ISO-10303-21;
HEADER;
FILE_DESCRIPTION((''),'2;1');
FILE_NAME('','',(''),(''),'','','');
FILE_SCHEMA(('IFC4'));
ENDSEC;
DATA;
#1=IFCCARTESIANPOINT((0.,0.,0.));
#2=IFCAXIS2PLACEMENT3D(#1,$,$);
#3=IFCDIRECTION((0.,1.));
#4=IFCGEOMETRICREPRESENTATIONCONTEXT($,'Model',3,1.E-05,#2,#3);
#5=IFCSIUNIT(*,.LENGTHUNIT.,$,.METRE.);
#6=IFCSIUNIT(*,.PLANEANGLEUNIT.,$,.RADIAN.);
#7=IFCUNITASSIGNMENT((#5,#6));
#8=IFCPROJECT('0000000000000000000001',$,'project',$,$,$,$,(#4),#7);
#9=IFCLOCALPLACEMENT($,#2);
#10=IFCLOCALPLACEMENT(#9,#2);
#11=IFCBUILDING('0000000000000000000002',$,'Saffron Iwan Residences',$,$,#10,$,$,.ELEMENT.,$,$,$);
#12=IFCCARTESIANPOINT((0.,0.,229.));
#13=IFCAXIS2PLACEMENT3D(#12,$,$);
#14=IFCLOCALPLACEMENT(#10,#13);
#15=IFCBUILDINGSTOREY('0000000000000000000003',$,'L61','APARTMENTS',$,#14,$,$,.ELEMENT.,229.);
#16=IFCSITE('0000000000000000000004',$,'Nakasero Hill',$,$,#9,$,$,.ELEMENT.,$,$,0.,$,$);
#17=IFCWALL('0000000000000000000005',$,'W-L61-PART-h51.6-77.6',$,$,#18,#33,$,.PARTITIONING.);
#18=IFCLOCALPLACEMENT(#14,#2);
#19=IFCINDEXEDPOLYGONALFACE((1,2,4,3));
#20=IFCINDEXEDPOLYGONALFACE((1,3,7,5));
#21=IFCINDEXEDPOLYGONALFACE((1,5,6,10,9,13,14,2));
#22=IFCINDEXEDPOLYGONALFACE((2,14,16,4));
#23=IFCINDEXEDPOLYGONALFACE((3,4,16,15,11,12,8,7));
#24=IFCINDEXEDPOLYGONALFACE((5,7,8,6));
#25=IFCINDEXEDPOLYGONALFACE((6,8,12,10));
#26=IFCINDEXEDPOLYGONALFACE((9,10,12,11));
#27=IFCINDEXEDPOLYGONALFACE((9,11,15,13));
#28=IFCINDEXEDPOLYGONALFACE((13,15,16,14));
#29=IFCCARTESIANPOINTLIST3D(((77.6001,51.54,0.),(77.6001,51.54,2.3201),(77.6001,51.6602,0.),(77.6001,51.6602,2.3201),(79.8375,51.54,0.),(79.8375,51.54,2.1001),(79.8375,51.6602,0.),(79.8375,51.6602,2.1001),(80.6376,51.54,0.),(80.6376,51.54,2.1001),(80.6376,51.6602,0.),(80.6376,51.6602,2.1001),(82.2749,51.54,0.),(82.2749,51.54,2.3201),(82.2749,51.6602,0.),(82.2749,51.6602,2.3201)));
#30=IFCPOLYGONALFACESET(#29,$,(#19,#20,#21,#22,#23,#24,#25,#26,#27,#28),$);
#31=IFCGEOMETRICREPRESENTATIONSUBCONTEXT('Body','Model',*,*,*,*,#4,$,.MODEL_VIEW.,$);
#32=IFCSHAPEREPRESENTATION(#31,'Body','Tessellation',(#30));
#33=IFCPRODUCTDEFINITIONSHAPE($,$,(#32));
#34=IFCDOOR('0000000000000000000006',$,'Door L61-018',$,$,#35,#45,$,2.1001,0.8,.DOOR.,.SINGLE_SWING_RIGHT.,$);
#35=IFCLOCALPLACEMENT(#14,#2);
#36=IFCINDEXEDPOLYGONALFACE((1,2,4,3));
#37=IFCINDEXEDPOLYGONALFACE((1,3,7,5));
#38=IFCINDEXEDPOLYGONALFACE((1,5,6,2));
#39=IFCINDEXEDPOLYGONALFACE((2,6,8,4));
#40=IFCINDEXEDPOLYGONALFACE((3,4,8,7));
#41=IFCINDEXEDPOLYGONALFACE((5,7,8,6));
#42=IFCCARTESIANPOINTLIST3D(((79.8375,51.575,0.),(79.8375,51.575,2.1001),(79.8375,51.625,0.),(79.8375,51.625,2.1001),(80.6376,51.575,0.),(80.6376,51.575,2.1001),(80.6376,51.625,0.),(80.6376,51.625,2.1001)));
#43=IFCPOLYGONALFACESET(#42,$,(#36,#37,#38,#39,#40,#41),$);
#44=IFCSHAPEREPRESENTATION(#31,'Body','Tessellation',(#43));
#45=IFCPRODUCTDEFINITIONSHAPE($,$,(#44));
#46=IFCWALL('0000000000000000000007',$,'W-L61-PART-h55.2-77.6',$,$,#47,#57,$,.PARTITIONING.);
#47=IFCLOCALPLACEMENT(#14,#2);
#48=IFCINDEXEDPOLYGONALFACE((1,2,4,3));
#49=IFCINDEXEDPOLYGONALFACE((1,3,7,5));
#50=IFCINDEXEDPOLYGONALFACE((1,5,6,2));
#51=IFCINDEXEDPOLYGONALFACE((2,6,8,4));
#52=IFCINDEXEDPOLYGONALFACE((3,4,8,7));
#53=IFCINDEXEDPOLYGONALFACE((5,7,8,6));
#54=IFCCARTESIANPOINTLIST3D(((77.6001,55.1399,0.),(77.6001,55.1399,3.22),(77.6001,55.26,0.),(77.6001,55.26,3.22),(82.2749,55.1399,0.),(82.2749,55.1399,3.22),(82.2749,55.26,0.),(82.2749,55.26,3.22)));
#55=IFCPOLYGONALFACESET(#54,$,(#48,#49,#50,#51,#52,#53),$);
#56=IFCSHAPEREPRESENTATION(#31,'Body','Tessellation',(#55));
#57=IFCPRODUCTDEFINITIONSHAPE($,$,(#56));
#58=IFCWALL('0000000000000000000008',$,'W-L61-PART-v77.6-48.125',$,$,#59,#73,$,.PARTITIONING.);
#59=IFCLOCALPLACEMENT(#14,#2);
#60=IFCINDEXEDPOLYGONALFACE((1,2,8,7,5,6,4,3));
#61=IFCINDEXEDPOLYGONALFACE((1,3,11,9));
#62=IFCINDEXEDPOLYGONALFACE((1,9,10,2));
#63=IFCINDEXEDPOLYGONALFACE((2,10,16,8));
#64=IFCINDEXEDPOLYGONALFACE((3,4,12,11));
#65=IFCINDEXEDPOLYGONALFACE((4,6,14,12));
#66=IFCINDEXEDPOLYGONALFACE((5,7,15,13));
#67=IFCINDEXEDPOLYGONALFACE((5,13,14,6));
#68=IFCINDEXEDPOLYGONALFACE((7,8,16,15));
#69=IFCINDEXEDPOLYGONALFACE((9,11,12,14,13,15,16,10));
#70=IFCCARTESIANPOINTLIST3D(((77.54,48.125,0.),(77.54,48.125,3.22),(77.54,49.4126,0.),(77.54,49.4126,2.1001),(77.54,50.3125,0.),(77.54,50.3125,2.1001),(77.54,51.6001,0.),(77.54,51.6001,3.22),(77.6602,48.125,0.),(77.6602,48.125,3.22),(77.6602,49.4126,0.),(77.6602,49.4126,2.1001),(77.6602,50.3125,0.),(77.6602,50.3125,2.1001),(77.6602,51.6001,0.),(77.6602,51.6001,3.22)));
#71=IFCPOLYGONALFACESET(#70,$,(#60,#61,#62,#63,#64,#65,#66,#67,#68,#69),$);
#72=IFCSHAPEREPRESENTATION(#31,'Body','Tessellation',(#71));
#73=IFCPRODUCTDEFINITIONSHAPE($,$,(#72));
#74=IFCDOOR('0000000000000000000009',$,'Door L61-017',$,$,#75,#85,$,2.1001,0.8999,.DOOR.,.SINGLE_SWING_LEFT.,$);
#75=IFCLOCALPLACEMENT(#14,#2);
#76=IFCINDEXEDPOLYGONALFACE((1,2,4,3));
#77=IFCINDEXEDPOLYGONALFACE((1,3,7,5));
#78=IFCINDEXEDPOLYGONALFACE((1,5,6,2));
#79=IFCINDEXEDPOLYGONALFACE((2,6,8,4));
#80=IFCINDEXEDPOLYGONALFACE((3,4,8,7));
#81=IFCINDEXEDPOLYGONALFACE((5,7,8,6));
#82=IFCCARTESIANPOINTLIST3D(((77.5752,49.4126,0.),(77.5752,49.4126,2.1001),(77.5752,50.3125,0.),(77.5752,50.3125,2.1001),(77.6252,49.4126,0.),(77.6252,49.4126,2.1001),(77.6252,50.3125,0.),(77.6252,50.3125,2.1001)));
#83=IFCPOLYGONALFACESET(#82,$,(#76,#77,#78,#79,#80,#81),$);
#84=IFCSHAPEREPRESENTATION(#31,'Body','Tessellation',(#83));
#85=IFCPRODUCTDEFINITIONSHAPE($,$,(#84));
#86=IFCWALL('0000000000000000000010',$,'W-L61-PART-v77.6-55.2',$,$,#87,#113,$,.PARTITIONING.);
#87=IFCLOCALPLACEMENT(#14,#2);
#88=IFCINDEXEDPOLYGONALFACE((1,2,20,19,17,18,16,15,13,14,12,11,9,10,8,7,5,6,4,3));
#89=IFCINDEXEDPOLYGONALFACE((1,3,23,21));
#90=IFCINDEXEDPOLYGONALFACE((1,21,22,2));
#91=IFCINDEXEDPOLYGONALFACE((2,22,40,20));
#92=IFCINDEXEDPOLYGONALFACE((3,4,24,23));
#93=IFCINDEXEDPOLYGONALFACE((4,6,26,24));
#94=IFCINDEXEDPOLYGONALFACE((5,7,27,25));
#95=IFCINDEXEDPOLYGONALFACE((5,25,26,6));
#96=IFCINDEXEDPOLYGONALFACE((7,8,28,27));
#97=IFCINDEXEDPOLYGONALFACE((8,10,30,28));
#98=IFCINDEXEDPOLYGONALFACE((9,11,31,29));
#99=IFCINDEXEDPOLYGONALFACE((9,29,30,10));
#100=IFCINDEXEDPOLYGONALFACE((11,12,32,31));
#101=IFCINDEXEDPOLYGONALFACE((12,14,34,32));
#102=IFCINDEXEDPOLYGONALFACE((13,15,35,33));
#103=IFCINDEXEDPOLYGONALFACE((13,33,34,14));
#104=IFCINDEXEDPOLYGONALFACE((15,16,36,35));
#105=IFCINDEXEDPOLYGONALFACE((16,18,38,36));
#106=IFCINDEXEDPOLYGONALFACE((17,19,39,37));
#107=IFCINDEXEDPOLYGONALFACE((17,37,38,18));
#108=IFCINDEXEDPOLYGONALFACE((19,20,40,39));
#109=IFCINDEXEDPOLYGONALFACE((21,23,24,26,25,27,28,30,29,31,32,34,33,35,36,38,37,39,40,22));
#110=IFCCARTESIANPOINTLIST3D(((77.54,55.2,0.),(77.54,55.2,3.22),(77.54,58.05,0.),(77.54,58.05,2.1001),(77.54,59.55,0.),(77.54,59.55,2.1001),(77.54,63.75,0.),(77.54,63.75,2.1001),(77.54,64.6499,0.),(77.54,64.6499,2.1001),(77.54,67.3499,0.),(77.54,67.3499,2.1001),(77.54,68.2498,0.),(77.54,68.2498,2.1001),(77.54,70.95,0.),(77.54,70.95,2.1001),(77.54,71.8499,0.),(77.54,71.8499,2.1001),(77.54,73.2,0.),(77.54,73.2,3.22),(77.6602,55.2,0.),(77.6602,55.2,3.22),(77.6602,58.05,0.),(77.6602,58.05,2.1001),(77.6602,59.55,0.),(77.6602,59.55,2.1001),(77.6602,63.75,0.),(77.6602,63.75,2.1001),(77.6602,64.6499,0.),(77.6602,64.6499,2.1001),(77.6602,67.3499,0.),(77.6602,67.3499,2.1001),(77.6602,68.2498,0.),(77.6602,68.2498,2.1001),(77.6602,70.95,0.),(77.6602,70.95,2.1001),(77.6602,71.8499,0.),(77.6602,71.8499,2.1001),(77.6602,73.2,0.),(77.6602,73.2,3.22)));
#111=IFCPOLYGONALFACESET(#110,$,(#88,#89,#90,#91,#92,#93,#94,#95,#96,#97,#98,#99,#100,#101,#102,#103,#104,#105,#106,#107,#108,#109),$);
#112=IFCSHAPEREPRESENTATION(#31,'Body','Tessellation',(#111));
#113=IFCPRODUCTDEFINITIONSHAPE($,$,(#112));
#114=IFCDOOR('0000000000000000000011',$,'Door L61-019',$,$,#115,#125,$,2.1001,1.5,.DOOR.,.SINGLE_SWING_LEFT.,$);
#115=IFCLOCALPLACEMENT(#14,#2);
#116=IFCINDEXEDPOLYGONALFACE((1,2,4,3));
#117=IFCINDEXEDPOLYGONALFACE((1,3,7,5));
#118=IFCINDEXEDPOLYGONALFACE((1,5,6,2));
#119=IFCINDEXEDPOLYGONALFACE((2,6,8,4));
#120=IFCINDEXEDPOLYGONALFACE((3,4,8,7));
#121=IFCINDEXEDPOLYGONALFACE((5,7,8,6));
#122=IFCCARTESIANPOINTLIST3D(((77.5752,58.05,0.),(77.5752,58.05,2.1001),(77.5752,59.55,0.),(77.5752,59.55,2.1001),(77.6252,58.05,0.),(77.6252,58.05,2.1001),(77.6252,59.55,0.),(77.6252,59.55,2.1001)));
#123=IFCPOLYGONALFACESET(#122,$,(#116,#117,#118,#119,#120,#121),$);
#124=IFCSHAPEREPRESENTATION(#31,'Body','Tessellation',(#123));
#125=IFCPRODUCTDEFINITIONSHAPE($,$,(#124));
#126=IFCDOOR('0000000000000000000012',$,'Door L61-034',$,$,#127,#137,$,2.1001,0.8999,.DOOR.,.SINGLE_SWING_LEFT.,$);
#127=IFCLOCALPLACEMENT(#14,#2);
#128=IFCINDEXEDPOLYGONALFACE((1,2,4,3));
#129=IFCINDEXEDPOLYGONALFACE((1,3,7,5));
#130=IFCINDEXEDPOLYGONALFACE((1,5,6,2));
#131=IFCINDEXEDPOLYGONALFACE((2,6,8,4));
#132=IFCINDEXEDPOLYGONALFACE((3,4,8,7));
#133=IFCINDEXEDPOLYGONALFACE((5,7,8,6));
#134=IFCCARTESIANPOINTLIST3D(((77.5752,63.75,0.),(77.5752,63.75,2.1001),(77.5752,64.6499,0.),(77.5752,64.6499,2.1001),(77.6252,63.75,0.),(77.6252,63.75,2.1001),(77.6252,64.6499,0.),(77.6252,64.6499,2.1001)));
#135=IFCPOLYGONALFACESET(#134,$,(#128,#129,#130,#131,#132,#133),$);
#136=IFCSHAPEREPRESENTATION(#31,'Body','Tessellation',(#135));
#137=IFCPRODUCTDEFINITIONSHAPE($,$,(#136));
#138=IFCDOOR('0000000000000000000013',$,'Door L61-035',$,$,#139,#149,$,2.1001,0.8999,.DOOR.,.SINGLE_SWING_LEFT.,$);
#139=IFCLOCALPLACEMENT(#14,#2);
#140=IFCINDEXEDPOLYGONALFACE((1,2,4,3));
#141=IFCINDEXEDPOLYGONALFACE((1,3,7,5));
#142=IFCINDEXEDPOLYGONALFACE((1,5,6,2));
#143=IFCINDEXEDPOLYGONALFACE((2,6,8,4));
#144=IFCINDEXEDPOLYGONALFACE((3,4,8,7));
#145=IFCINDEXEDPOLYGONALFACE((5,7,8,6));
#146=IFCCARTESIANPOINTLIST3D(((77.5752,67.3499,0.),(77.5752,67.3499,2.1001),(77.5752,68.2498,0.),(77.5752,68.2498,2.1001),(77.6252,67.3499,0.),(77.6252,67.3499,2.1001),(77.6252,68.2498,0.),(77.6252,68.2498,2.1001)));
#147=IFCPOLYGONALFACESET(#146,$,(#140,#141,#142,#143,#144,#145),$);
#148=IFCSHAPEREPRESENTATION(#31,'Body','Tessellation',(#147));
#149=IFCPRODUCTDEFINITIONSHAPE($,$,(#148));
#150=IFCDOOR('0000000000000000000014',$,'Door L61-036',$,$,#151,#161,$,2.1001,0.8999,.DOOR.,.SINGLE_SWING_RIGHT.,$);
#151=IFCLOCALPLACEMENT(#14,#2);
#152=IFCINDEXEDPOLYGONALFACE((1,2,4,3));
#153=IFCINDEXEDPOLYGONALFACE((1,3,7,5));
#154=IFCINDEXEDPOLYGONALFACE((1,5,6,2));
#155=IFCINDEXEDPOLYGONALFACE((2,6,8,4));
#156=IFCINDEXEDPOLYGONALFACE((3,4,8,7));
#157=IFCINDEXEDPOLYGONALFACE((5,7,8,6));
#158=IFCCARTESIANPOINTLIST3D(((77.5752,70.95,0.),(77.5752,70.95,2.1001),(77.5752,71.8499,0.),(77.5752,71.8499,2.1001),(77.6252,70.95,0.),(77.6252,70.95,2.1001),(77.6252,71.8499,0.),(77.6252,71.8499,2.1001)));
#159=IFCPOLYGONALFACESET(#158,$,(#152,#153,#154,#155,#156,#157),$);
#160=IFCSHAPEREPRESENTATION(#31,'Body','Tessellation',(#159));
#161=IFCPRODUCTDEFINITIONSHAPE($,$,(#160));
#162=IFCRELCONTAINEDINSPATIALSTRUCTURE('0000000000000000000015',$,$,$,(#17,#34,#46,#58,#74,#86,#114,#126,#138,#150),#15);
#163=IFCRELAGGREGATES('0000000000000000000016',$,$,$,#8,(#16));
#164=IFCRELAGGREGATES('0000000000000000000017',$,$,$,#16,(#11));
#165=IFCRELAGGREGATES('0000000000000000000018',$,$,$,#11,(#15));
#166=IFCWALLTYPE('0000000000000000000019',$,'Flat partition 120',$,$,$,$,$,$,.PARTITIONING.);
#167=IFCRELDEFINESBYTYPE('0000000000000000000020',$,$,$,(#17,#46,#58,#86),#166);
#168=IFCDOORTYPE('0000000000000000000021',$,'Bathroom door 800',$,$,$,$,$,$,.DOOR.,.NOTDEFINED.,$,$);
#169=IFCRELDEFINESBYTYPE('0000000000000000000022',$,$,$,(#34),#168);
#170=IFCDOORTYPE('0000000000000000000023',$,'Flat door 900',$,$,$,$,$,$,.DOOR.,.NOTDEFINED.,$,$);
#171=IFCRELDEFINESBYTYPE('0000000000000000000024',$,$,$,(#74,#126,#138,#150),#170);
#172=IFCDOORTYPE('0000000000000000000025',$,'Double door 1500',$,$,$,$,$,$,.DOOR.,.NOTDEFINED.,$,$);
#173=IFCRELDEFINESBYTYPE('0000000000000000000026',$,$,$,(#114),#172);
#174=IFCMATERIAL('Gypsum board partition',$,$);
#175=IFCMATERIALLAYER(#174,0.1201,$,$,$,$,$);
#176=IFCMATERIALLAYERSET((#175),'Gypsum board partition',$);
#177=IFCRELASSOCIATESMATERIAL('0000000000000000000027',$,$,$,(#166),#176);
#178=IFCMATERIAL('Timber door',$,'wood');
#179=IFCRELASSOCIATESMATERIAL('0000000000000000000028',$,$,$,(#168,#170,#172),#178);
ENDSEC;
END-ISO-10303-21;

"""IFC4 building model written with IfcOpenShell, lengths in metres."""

from ifc_helpers import new_model, si_unit, direction, frame, frame_2d, origin, place, context, subcontext, project, spatial, rectangle, extrude, material, layer, layer_set, type_object, element, fill, save


model = new_model("IFC4")

# Units and contexts
model_context = context("Model", 3, precision=1e-05, world=origin(), true_north=direction((0.0, 1.0)))
body_context = subcontext(model_context, "Body", "Model", "MODEL_VIEW")
ifc_project = project(units=[si_unit("LENGTHUNIT", "METRE"), si_unit("PLANEANGLEUNIT", "RADIAN")], contexts=[model_context])

# Site, building, storey
site_placement = place(None, origin())
site = spatial("IfcSite", under=ifc_project, at=site_placement, Name="Nakasero Hill", CompositionType="ELEMENT", RefElevation=0.0)
building_placement = place(site_placement, origin())
building = spatial("IfcBuilding", under=site, at=building_placement, Name="Saffron Iwan Residences", CompositionType="ELEMENT")
storey_placement = place(building_placement, frame((0.0, 0.0, 229.0)))
storey = spatial("IfcBuildingStorey", under=building, at=storey_placement, Name="L61", Description="APARTMENTS", CompositionType="ELEMENT", Elevation=229.0)

# Wall, opening, door
ifc_material_1 = material(Name="Gypsum board partition")
ifc_layer_1 = layer(ifc_material_1, 0.1201)
ifc_layer_set_1 = layer_set([ifc_layer_1], Name="Gypsum board partition")
wall_type_1 = type_object("IfcWallType", Name="Flat partition 120", PredefinedType="PARTITIONING", material=ifc_layer_set_1)
wall_1_placement = place(storey_placement, frame((77.6001, 51.6001, 0.0), z_axis=(0.0, 0.0, 1.0), x_axis=(1.0, 0.0, 0.0)))
wall_1 = element("IfcWall", 1, at=wall_1_placement, inside=storey, type_object=wall_type_1, Name="W-L61-PART-h51.6-77.6", PredefinedType="PARTITIONING", context=body_context, shape_type="SweptSolid", body=[
    extrude(rectangle(XDim=4.6748, YDim=0.1201, at=frame_2d((2.3374, 0.0))), origin(), (0.0, 0.0, 1.0), 2.3201),
])
opening_1_placement = place(wall_1_placement, frame((2.2375, 0.0, 0.0)))
opening_1 = element("IfcOpeningElement", 2, at=opening_1_placement, cuts=wall_1, PredefinedType="OPENING", context=body_context, shape_type="SweptSolid", body=[
    extrude(rectangle(XDim=0.8, YDim=2.1001, at=frame_2d((0.3999, 1.05))), frame((0.0, 0.0701, 0.0), z_axis=(0.0, -1.0, 0.0), x_axis=(1.0, 0.0, 0.0)), (0.0, 0.0, 1.0), 0.1401),
])
ifc_material_2 = material(Name="Timber door", Category="wood")
door_type_1 = type_object("IfcDoorType", Name="Bathroom door 800", OperationType="NOTDEFINED", PredefinedType="DOOR", material=ifc_material_2)
door_1_placement = place(opening_1_placement, origin())
door_1 = element("IfcDoor", 3, at=door_1_placement, inside=storey, type_object=door_type_1, Name="Door L61-018", OperationType="SINGLE_SWING_RIGHT", OverallHeight=2.1001, OverallWidth=0.8, PredefinedType="DOOR", context=body_context, shape_type="SweptSolid", body=[
    extrude(rectangle(XDim=0.8, YDim=2.1001, at=frame_2d((0.3999, 1.05))), frame((0.0, 0.0249, 0.0), z_axis=(0.0, -1.0, 0.0), x_axis=(1.0, 0.0, 0.0)), (0.0, 0.0, 1.0), 0.05),
])
fill(opening_1, door_1)

# Wall
wall_2_placement = place(storey_placement, frame((77.6001, 55.2, 0.0), z_axis=(0.0, 0.0, 1.0), x_axis=(1.0, 0.0, 0.0)))
element("IfcWall", 4, at=wall_2_placement, inside=storey, type_object=wall_type_1, Name="W-L61-PART-h55.2-77.6", PredefinedType="PARTITIONING", context=body_context, shape_type="SweptSolid", body=[
    extrude(rectangle(XDim=4.6748, YDim=0.1201, at=frame_2d((2.3374, 0.0))), origin(), (0.0, 0.0, 1.0), 3.22),
])

# Wall, opening, door
wall_3_placement = place(storey_placement, frame((77.6001, 48.125, 0.0), z_axis=(0.0, 0.0, 1.0), x_axis=(0.0, 1.0, 0.0)))
wall_3 = element("IfcWall", 5, at=wall_3_placement, inside=storey, type_object=wall_type_1, Name="W-L61-PART-v77.6-48.125", PredefinedType="PARTITIONING", context=body_context, shape_type="SweptSolid", body=[
    extrude(rectangle(XDim=3.4751, YDim=0.1201, at=frame_2d((1.7375, 0.0))), origin(), (0.0, 0.0, 1.0), 3.22),
])
opening_2_placement = place(wall_3_placement, frame((1.2876, 0.0, 0.0)))
opening_2 = element("IfcOpeningElement", 6, at=opening_2_placement, cuts=wall_3, PredefinedType="OPENING", context=body_context, shape_type="SweptSolid", body=[
    extrude(rectangle(XDim=0.8999, YDim=2.1001, at=frame_2d((0.45, 1.05))), frame((0.0, 0.0701, 0.0), z_axis=(0.0, -1.0, 0.0), x_axis=(1.0, 0.0, 0.0)), (0.0, 0.0, 1.0), 0.1401),
])
door_type_2 = type_object("IfcDoorType", Name="Flat door 900", OperationType="NOTDEFINED", PredefinedType="DOOR", material=ifc_material_2)
door_2_placement = place(opening_2_placement, origin())
door_2 = element("IfcDoor", 7, at=door_2_placement, inside=storey, type_object=door_type_2, Name="Door L61-017", OperationType="SINGLE_SWING_LEFT", OverallHeight=2.1001, OverallWidth=0.8999, PredefinedType="DOOR", context=body_context, shape_type="SweptSolid", body=[
    extrude(rectangle(XDim=0.8999, YDim=2.1001, at=frame_2d((0.45, 1.05))), frame((0.0, 0.0249, 0.0), z_axis=(0.0, -1.0, 0.0), x_axis=(1.0, 0.0, 0.0)), (0.0, 0.0, 1.0), 0.05),
])
fill(opening_2, door_2)

# Wall, openings, doors
wall_4_placement = place(storey_placement, frame((77.6001, 55.2, 0.0), z_axis=(0.0, 0.0, 1.0), x_axis=(0.0, 1.0, 0.0)))
wall_4 = element("IfcWall", 8, at=wall_4_placement, inside=storey, type_object=wall_type_1, Name="W-L61-PART-v77.6-55.2", PredefinedType="PARTITIONING", context=body_context, shape_type="SweptSolid", body=[
    extrude(rectangle(XDim=18.0, YDim=0.1201, at=frame_2d((9.0, 0.0))), origin(), (0.0, 0.0, 1.0), 3.22),
])
opening_3_placement = place(wall_4_placement, frame((2.8501, 0.0, 0.0)))
opening_3 = element("IfcOpeningElement", 9, at=opening_3_placement, cuts=wall_4, PredefinedType="OPENING", context=body_context, shape_type="SweptSolid", body=[
    extrude(rectangle(XDim=1.5, YDim=2.1001, at=frame_2d((0.75, 1.05))), frame((0.0, 0.0701, 0.0), z_axis=(0.0, -1.0, 0.0), x_axis=(1.0, 0.0, 0.0)), (0.0, 0.0, 1.0), 0.1401),
])
opening_4_placement = place(wall_4_placement, frame((8.55, 0.0, 0.0)))
opening_4 = element("IfcOpeningElement", 10, at=opening_4_placement, cuts=wall_4, PredefinedType="OPENING", context=body_context, shape_type="SweptSolid", body=[
    extrude(rectangle(XDim=0.8999, YDim=2.1001, at=frame_2d((0.45, 1.05))), frame((0.0, 0.0701, 0.0), z_axis=(0.0, -1.0, 0.0), x_axis=(1.0, 0.0, 0.0)), (0.0, 0.0, 1.0), 0.1401),
])
opening_5_placement = place(wall_4_placement, frame((12.1499, 0.0, 0.0)))
opening_5 = element("IfcOpeningElement", 11, at=opening_5_placement, cuts=wall_4, PredefinedType="OPENING", context=body_context, shape_type="SweptSolid", body=[
    extrude(rectangle(XDim=0.8999, YDim=2.1001, at=frame_2d((0.45, 1.05))), frame((0.0, 0.0701, 0.0), z_axis=(0.0, -1.0, 0.0), x_axis=(1.0, 0.0, 0.0)), (0.0, 0.0, 1.0), 0.1401),
])
opening_6_placement = place(wall_4_placement, frame((15.75, 0.0, 0.0)))
opening_6 = element("IfcOpeningElement", 12, at=opening_6_placement, cuts=wall_4, PredefinedType="OPENING", context=body_context, shape_type="SweptSolid", body=[
    extrude(rectangle(XDim=0.8999, YDim=2.1001, at=frame_2d((0.45, 1.05))), frame((0.0, 0.0701, 0.0), z_axis=(0.0, -1.0, 0.0), x_axis=(1.0, 0.0, 0.0)), (0.0, 0.0, 1.0), 0.1401),
])
door_type_3 = type_object("IfcDoorType", Name="Double door 1500", OperationType="NOTDEFINED", PredefinedType="DOOR", material=ifc_material_2)
door_3_placement = place(opening_3_placement, origin())
door_3 = element("IfcDoor", 13, at=door_3_placement, inside=storey, type_object=door_type_3, Name="Door L61-019", OperationType="SINGLE_SWING_LEFT", OverallHeight=2.1001, OverallWidth=1.5, PredefinedType="DOOR", context=body_context, shape_type="SweptSolid", body=[
    extrude(rectangle(XDim=1.5, YDim=2.1001, at=frame_2d((0.75, 1.05))), frame((0.0, 0.0249, 0.0), z_axis=(0.0, -1.0, 0.0), x_axis=(1.0, 0.0, 0.0)), (0.0, 0.0, 1.0), 0.05),
])
fill(opening_3, door_3)
door_4_placement = place(opening_4_placement, origin())
door_4 = element("IfcDoor", 14, at=door_4_placement, inside=storey, type_object=door_type_2, Name="Door L61-034", OperationType="SINGLE_SWING_LEFT", OverallHeight=2.1001, OverallWidth=0.8999, PredefinedType="DOOR", context=body_context, shape_type="SweptSolid", body=[
    extrude(rectangle(XDim=0.8999, YDim=2.1001, at=frame_2d((0.45, 1.05))), frame((0.0, 0.0249, 0.0), z_axis=(0.0, -1.0, 0.0), x_axis=(1.0, 0.0, 0.0)), (0.0, 0.0, 1.0), 0.05),
])
fill(opening_4, door_4)
door_5_placement = place(opening_5_placement, origin())
door_5 = element("IfcDoor", 15, at=door_5_placement, inside=storey, type_object=door_type_2, Name="Door L61-035", OperationType="SINGLE_SWING_LEFT", OverallHeight=2.1001, OverallWidth=0.8999, PredefinedType="DOOR", context=body_context, shape_type="SweptSolid", body=[
    extrude(rectangle(XDim=0.8999, YDim=2.1001, at=frame_2d((0.45, 1.05))), frame((0.0, 0.0249, 0.0), z_axis=(0.0, -1.0, 0.0), x_axis=(1.0, 0.0, 0.0)), (0.0, 0.0, 1.0), 0.05),
])
fill(opening_5, door_5)
door_6_placement = place(opening_6_placement, origin())
door_6 = element("IfcDoor", 16, at=door_6_placement, inside=storey, type_object=door_type_2, Name="Door L61-036", OperationType="SINGLE_SWING_RIGHT", OverallHeight=2.1001, OverallWidth=0.8999, PredefinedType="DOOR", context=body_context, shape_type="SweptSolid", body=[
    extrude(rectangle(XDim=0.8999, YDim=2.1001, at=frame_2d((0.45, 1.05))), frame((0.0, 0.0249, 0.0), z_axis=(0.0, -1.0, 0.0), x_axis=(1.0, 0.0, 0.0)), (0.0, 0.0, 1.0), 0.05),
])
fill(opening_6, door_6)

save(model, "model.ifc")
